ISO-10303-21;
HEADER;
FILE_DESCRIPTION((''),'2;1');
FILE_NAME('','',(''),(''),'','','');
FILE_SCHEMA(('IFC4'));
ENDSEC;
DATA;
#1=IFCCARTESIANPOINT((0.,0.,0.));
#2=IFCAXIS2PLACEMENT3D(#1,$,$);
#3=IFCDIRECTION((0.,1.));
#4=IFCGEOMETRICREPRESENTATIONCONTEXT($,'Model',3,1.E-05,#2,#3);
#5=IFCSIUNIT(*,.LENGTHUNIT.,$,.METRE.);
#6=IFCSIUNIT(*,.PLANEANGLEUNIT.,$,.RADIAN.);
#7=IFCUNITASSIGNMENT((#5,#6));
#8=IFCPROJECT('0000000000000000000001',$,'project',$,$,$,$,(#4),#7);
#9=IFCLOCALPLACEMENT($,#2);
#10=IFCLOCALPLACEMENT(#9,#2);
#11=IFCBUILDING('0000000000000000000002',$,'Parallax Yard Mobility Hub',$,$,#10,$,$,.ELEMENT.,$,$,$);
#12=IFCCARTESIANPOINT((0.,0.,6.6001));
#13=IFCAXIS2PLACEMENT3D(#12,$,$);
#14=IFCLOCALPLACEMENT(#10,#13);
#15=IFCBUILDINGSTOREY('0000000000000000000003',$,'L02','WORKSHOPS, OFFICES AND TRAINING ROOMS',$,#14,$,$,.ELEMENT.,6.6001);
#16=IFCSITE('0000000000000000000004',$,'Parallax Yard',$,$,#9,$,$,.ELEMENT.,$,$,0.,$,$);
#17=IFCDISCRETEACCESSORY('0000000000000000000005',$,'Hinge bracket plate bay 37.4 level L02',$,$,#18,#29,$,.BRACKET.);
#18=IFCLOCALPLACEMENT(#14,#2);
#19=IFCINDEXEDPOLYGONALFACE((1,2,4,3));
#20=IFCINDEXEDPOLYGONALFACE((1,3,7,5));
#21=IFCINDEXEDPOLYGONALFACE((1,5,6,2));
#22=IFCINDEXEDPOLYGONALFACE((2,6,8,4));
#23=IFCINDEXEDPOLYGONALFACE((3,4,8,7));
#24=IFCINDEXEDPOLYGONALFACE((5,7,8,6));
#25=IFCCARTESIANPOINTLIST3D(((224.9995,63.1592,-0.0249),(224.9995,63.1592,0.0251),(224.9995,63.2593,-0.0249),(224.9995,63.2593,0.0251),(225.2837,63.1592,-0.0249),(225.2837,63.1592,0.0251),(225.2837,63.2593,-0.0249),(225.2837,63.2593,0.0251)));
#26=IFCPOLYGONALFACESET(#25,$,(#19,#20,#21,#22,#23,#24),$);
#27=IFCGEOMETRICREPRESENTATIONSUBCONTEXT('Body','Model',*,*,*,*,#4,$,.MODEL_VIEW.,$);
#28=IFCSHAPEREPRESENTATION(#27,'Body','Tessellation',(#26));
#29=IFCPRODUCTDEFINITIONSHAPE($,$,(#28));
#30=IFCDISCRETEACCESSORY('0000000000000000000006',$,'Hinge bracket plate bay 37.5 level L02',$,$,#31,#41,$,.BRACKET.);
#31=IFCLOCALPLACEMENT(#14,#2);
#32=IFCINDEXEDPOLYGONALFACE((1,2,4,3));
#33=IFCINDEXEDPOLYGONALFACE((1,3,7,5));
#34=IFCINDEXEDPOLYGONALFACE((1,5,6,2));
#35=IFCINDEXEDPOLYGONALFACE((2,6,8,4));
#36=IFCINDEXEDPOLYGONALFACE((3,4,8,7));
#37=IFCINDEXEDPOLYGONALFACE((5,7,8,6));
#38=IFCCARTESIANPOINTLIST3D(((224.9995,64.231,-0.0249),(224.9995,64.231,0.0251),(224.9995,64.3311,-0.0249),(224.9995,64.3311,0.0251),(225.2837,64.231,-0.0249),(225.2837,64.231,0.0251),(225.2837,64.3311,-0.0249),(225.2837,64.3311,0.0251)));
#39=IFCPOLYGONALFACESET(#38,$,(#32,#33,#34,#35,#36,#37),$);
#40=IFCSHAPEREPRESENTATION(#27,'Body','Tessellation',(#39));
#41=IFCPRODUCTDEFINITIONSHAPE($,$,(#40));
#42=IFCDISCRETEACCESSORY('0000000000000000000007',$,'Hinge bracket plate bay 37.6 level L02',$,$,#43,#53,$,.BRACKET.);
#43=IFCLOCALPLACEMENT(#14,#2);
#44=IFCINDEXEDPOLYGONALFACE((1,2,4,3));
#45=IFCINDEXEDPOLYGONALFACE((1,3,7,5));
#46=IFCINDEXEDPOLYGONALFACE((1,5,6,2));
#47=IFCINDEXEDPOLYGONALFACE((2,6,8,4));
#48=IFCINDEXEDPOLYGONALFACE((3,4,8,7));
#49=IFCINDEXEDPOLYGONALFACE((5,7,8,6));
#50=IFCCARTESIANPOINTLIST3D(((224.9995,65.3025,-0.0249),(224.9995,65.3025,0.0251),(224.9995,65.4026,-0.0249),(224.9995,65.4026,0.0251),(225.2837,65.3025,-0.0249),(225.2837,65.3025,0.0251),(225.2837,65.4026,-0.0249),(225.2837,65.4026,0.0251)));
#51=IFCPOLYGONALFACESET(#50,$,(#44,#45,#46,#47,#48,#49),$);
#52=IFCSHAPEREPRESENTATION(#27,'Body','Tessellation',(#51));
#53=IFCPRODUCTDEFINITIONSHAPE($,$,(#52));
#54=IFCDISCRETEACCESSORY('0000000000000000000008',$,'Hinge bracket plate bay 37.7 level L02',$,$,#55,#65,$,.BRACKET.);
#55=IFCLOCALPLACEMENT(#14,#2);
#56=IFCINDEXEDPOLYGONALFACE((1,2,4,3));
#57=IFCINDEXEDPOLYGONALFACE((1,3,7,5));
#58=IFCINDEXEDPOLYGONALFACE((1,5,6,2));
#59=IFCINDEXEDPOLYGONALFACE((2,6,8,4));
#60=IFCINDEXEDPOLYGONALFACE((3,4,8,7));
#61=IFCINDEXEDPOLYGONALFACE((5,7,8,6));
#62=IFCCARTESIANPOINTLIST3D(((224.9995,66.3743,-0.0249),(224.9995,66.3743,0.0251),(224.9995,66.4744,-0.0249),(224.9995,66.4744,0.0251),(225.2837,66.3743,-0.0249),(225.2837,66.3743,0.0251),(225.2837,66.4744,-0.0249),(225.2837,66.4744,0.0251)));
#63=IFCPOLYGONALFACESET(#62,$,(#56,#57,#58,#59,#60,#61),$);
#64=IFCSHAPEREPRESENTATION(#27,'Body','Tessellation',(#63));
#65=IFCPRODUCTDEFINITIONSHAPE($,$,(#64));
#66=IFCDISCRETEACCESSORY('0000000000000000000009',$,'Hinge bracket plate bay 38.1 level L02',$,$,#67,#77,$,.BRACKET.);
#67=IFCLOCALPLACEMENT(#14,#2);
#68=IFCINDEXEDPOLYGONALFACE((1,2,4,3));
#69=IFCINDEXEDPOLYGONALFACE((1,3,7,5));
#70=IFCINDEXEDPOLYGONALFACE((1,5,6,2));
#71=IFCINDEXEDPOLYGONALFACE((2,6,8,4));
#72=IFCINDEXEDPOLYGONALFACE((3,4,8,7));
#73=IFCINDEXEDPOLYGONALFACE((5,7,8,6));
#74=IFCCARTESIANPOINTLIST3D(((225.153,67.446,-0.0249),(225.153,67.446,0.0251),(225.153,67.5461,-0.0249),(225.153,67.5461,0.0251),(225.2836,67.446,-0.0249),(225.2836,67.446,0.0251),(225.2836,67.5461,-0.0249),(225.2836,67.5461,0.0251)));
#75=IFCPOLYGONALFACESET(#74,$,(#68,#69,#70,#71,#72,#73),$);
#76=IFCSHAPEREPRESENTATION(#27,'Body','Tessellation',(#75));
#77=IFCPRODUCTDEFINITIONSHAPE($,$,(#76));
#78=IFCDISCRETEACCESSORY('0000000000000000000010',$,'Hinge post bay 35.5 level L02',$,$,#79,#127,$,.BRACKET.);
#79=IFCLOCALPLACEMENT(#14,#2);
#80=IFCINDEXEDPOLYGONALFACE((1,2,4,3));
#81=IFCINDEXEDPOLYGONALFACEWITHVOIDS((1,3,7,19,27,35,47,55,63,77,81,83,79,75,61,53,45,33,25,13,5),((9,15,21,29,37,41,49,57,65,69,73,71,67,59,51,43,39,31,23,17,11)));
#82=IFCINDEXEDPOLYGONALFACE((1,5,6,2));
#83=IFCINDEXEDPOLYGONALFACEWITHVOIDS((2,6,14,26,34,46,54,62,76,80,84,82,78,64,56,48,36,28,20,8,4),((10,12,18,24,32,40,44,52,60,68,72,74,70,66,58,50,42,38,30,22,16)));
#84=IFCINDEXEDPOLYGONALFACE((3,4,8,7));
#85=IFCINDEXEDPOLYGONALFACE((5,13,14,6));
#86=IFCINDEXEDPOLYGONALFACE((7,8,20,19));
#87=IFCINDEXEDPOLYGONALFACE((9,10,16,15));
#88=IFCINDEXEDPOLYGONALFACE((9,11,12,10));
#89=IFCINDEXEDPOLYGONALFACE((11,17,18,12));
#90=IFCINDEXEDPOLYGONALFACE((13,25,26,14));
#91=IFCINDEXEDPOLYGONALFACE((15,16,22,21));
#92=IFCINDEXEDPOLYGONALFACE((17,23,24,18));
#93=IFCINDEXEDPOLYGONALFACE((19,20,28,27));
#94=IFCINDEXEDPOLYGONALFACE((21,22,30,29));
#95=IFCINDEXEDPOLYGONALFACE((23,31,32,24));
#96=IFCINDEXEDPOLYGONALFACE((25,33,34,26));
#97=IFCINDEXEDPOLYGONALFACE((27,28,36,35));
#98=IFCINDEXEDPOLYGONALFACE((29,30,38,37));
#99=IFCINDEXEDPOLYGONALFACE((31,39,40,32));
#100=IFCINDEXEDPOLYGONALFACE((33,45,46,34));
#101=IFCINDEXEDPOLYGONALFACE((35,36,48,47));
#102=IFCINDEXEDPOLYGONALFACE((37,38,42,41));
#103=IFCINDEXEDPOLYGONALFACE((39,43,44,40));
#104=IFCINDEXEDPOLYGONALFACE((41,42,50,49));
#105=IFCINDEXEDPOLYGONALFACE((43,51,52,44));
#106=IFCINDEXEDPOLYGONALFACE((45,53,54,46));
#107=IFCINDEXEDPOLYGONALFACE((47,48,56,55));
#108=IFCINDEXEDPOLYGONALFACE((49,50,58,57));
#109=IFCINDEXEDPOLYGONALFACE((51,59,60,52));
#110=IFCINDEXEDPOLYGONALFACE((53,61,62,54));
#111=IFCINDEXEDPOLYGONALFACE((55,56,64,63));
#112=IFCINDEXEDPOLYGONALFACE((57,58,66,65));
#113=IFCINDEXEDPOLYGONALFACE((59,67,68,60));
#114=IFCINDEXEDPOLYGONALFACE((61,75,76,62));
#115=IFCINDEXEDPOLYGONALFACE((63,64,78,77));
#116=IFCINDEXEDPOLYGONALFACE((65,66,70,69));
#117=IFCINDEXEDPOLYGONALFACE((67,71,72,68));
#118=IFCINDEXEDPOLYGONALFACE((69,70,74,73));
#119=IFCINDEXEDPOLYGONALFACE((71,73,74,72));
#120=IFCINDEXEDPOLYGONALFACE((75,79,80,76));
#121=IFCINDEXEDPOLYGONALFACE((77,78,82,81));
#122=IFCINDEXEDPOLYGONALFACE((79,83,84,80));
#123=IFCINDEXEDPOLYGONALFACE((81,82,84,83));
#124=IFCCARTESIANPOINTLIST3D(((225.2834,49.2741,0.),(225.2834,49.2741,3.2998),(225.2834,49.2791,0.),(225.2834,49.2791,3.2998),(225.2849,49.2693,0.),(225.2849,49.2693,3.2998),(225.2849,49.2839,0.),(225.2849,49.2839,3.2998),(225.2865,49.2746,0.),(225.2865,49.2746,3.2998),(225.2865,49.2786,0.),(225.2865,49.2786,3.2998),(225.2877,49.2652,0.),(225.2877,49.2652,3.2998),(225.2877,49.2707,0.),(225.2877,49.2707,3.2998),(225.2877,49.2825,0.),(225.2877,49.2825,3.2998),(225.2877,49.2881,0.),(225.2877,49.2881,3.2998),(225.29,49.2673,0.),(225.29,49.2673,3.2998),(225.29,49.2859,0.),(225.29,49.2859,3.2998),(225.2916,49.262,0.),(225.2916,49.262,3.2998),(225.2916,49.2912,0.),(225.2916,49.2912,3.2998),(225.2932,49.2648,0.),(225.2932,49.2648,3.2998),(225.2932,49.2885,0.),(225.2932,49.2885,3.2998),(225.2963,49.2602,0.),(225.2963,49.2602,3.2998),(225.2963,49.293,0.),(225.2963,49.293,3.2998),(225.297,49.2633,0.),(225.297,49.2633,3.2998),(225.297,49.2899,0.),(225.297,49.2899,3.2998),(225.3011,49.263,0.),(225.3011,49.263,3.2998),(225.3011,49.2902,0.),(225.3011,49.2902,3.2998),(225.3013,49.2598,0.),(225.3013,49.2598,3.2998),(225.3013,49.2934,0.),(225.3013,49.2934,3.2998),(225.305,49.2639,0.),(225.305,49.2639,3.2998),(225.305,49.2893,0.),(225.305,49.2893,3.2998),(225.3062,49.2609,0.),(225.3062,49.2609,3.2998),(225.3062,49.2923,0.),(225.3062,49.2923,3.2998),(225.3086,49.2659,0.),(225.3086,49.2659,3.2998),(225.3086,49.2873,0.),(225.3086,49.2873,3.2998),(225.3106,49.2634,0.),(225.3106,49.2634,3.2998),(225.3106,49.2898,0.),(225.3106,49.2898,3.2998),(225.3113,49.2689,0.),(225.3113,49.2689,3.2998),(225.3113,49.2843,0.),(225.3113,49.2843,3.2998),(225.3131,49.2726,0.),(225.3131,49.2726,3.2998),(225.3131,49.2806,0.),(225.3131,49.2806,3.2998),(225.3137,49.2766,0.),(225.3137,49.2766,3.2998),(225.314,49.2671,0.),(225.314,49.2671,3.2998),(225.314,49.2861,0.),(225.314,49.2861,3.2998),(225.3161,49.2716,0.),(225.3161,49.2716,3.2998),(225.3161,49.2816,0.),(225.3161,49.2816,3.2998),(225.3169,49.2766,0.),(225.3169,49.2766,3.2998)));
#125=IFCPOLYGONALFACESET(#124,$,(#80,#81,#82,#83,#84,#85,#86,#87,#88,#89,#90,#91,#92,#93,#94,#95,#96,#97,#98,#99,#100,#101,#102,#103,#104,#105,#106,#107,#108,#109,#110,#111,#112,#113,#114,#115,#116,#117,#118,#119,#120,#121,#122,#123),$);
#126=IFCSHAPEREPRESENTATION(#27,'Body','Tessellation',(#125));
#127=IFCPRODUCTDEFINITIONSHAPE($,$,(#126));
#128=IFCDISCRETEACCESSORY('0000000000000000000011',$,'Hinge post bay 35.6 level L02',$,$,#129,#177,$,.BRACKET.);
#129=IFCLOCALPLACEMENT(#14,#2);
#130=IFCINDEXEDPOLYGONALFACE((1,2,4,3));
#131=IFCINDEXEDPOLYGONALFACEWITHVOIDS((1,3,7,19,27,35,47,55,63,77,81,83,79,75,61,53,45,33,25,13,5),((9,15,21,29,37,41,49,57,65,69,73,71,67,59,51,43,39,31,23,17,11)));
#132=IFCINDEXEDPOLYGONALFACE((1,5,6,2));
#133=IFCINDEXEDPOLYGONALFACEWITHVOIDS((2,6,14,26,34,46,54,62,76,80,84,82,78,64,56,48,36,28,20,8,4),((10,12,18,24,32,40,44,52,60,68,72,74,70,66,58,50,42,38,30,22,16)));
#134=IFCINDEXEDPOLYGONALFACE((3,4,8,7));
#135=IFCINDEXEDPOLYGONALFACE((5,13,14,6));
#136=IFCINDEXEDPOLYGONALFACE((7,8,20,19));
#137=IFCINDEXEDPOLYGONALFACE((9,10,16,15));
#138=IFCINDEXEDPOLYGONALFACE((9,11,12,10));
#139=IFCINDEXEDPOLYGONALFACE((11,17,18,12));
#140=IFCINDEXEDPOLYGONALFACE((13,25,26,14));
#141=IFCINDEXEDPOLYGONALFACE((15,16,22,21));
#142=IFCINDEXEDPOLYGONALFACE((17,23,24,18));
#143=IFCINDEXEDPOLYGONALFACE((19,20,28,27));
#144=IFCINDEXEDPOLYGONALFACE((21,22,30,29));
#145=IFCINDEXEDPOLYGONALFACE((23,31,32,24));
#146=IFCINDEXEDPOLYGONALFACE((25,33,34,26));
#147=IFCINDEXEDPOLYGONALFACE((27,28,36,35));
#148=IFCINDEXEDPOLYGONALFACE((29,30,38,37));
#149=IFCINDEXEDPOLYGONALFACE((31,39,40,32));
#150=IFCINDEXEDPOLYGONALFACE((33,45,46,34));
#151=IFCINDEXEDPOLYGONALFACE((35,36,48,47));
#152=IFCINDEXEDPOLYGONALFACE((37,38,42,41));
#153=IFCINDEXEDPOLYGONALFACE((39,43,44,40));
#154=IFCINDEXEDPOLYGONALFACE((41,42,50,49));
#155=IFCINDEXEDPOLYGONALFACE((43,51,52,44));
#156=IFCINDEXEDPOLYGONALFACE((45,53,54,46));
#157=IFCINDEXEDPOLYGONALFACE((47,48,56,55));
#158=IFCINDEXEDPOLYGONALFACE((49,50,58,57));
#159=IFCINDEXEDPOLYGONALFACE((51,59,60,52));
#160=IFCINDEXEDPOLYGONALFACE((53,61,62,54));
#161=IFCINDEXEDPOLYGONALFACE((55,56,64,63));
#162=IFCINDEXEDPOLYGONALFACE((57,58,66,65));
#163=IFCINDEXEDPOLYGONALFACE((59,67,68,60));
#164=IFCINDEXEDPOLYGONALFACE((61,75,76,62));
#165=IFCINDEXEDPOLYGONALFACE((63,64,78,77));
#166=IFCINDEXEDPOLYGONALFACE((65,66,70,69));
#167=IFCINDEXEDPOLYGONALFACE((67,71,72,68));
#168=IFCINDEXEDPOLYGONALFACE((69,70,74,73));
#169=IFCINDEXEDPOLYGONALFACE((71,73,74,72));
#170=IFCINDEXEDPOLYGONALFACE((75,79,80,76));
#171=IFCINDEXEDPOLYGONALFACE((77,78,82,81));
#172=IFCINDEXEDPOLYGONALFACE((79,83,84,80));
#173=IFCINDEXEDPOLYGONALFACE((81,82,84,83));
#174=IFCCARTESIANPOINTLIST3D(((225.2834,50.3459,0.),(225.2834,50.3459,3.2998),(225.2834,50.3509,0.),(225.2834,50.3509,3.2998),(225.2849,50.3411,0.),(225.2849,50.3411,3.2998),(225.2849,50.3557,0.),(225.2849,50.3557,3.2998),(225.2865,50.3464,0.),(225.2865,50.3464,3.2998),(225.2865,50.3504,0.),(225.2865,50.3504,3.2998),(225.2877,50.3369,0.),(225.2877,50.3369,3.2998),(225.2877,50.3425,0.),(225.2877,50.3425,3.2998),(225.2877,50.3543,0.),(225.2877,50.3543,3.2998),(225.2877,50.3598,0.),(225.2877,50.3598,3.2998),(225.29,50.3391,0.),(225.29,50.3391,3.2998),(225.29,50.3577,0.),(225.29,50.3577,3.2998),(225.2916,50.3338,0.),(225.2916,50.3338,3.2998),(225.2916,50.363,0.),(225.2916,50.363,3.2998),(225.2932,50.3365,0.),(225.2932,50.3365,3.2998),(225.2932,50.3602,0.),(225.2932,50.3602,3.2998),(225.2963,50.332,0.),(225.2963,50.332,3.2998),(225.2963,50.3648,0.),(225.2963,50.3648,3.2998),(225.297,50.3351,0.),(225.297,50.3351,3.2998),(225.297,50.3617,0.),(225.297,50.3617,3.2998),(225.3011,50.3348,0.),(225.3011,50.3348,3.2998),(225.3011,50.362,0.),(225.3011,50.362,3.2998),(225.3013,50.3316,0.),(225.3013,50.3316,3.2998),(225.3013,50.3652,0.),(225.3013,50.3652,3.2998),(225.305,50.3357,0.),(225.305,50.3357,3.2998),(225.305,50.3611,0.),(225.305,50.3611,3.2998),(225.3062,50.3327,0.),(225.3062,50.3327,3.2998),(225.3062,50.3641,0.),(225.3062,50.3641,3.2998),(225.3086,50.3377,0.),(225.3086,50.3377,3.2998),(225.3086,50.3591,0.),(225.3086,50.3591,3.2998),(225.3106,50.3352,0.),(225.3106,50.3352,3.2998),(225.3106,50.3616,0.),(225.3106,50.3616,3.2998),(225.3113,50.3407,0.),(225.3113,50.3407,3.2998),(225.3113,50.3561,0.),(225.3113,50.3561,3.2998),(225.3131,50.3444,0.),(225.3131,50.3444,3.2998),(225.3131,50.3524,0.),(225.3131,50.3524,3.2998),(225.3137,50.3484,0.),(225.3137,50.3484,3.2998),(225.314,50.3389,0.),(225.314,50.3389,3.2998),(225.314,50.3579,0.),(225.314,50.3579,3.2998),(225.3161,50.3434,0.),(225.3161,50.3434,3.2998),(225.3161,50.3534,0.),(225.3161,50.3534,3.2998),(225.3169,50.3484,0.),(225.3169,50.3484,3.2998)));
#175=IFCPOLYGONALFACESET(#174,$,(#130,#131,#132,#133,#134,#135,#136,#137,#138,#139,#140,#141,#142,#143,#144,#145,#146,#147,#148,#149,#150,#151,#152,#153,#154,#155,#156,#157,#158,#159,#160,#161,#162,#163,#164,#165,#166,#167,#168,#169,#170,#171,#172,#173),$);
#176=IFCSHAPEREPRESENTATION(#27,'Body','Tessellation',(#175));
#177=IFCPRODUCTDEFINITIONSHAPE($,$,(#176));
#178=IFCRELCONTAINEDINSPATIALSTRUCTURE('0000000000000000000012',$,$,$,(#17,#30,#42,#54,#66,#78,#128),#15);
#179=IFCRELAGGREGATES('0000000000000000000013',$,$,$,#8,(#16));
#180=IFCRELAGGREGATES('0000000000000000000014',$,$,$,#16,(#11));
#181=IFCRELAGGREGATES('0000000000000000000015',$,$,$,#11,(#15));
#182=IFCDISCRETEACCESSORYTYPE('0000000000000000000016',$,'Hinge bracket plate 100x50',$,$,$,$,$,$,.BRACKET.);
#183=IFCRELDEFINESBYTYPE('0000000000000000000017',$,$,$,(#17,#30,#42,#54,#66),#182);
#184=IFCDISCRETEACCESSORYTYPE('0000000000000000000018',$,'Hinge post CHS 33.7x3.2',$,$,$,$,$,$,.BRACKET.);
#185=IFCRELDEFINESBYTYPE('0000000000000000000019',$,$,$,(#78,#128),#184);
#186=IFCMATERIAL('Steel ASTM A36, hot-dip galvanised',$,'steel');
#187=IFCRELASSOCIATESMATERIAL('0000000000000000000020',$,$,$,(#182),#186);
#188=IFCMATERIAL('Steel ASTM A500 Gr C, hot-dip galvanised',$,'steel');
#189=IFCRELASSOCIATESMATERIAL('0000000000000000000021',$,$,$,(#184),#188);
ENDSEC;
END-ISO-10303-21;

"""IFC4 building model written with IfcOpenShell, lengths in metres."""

from ifc_helpers import new_model, si_unit, direction, frame, origin, origin_2d, place, context, subcontext, project, spatial, rectangle, hollow_circle, extrude, material, material_profile, profile_set, type_object, element, save


model = new_model("IFC4")

# Units and contexts
model_context = context("Model", 3, precision=1e-05, world=origin(), true_north=direction((0.0, 1.0)))
body_context = subcontext(model_context, "Body", "Model", "MODEL_VIEW")
ifc_project = project(units=[si_unit("LENGTHUNIT", "METRE"), si_unit("PLANEANGLEUNIT", "RADIAN")], contexts=[model_context])

# Site, building, storey
site_placement = place(None, origin())
site = spatial("IfcSite", under=ifc_project, at=site_placement, Name="Parallax Yard", CompositionType="ELEMENT", RefElevation=0.0)
building_placement = place(site_placement, origin())
building = spatial("IfcBuilding", under=site, at=building_placement, Name="Parallax Yard Mobility Hub", CompositionType="ELEMENT")
storey_placement = place(building_placement, frame((0.0, 0.0, 6.6001)))
storey = spatial("IfcBuildingStorey", under=building, at=storey_placement, Name="L02", Description="WORKSHOPS, OFFICES AND TRAINING ROOMS", CompositionType="ELEMENT", Elevation=6.6001)

# Discrete accessories
ifc_material_1 = material(Name="Steel ASTM A36, hot-dip galvanised", Category="steel")
discrete_accessory_type_1 = type_object("IfcDiscreteAccessoryType", Name="Hinge bracket plate 100x50", PredefinedType="BRACKET", material=ifc_material_1)
for number, where, z_axis, x_axis, name in (
    (1, (225.1416, 63.2092, -0.0249), (0.0, 0.0, 1.0), (1.0, 0.0, 0.0), "Hinge bracket plate bay 37.4 level L02"),
    (2, (225.1416, 64.281, -0.0249), (0.0, 0.0, 1.0), (1.0, 0.0, 0.0), "Hinge bracket plate bay 37.5 level L02"),
    (3, (225.1416, 65.3525, -0.0249), (0.0, 0.0, 1.0), (1.0, 0.0, 0.0), "Hinge bracket plate bay 37.6 level L02"),
    (4, (225.1416, 66.4243, -0.0249), (0.0, 0.0, 1.0), (1.0, 0.0, 0.0), "Hinge bracket plate bay 37.7 level L02"),
):
    element("IfcDiscreteAccessory", number, at=place(storey_placement, frame(where, z_axis=z_axis, x_axis=x_axis)), inside=storey, type_object=discrete_accessory_type_1, Name=name, PredefinedType="BRACKET", context=body_context, shape_type="SweptSolid", body=[
        extrude(rectangle(XDim=0.2842, YDim=0.1001, at=origin_2d()), origin(), (0.0, 0.0, 1.0), 0.05),
    ])
discrete_accessory_1_placement = place(storey_placement, frame((225.2183, 67.4961, -0.0249), z_axis=(0.0, 0.0, 1.0), x_axis=(1.0, 0.0, 0.0)))
element("IfcDiscreteAccessory", 5, at=discrete_accessory_1_placement, inside=storey, type_object=discrete_accessory_type_1, Name="Hinge bracket plate bay 38.1 level L02", PredefinedType="BRACKET", context=body_context, shape_type="SweptSolid", body=[
    extrude(rectangle(XDim=0.1306, YDim=0.1001, at=origin_2d()), origin(), (0.0, 0.0, 1.0), 0.05),
])
ifc_material_2 = material(Name="Steel ASTM A500 Gr C, hot-dip galvanised", Category="steel")
ifc_material_profile_1 = material_profile(ifc_material_2, hollow_circle(Radius=0.0168, WallThickness=0.0032, at=origin_2d()), Name="CHS 33.7x3.2")
ifc_profile_set_1 = profile_set([ifc_material_profile_1], Name="Steel ASTM A500 Gr C, hot-dip galvanised")
discrete_accessory_type_2 = type_object("IfcDiscreteAccessoryType", Name="Hinge post CHS 33.7x3.2", PredefinedType="BRACKET", material=ifc_profile_set_1)
for number, where, z_axis, x_axis, name in (
    (6, (225.3, 49.2766, 0.0), (0.0, 0.0, 1.0), (1.0, 0.0, 0.0), "Hinge post bay 35.5 level L02"),
    (7, (225.3, 50.3484, 0.0), (0.0, 0.0, 1.0), (1.0, 0.0, 0.0), "Hinge post bay 35.6 level L02"),
):
    element("IfcDiscreteAccessory", number, at=place(storey_placement, frame(where, z_axis=z_axis, x_axis=x_axis)), inside=storey, type_object=discrete_accessory_type_2, Name=name, PredefinedType="BRACKET", context=body_context, shape_type="SweptSolid", body=[
        extrude(hollow_circle(Radius=0.0168, WallThickness=0.0032, at=origin_2d()), origin(), (0.0, 0.0, 1.0), 3.2998),
    ])

save(model, "model.ifc")
